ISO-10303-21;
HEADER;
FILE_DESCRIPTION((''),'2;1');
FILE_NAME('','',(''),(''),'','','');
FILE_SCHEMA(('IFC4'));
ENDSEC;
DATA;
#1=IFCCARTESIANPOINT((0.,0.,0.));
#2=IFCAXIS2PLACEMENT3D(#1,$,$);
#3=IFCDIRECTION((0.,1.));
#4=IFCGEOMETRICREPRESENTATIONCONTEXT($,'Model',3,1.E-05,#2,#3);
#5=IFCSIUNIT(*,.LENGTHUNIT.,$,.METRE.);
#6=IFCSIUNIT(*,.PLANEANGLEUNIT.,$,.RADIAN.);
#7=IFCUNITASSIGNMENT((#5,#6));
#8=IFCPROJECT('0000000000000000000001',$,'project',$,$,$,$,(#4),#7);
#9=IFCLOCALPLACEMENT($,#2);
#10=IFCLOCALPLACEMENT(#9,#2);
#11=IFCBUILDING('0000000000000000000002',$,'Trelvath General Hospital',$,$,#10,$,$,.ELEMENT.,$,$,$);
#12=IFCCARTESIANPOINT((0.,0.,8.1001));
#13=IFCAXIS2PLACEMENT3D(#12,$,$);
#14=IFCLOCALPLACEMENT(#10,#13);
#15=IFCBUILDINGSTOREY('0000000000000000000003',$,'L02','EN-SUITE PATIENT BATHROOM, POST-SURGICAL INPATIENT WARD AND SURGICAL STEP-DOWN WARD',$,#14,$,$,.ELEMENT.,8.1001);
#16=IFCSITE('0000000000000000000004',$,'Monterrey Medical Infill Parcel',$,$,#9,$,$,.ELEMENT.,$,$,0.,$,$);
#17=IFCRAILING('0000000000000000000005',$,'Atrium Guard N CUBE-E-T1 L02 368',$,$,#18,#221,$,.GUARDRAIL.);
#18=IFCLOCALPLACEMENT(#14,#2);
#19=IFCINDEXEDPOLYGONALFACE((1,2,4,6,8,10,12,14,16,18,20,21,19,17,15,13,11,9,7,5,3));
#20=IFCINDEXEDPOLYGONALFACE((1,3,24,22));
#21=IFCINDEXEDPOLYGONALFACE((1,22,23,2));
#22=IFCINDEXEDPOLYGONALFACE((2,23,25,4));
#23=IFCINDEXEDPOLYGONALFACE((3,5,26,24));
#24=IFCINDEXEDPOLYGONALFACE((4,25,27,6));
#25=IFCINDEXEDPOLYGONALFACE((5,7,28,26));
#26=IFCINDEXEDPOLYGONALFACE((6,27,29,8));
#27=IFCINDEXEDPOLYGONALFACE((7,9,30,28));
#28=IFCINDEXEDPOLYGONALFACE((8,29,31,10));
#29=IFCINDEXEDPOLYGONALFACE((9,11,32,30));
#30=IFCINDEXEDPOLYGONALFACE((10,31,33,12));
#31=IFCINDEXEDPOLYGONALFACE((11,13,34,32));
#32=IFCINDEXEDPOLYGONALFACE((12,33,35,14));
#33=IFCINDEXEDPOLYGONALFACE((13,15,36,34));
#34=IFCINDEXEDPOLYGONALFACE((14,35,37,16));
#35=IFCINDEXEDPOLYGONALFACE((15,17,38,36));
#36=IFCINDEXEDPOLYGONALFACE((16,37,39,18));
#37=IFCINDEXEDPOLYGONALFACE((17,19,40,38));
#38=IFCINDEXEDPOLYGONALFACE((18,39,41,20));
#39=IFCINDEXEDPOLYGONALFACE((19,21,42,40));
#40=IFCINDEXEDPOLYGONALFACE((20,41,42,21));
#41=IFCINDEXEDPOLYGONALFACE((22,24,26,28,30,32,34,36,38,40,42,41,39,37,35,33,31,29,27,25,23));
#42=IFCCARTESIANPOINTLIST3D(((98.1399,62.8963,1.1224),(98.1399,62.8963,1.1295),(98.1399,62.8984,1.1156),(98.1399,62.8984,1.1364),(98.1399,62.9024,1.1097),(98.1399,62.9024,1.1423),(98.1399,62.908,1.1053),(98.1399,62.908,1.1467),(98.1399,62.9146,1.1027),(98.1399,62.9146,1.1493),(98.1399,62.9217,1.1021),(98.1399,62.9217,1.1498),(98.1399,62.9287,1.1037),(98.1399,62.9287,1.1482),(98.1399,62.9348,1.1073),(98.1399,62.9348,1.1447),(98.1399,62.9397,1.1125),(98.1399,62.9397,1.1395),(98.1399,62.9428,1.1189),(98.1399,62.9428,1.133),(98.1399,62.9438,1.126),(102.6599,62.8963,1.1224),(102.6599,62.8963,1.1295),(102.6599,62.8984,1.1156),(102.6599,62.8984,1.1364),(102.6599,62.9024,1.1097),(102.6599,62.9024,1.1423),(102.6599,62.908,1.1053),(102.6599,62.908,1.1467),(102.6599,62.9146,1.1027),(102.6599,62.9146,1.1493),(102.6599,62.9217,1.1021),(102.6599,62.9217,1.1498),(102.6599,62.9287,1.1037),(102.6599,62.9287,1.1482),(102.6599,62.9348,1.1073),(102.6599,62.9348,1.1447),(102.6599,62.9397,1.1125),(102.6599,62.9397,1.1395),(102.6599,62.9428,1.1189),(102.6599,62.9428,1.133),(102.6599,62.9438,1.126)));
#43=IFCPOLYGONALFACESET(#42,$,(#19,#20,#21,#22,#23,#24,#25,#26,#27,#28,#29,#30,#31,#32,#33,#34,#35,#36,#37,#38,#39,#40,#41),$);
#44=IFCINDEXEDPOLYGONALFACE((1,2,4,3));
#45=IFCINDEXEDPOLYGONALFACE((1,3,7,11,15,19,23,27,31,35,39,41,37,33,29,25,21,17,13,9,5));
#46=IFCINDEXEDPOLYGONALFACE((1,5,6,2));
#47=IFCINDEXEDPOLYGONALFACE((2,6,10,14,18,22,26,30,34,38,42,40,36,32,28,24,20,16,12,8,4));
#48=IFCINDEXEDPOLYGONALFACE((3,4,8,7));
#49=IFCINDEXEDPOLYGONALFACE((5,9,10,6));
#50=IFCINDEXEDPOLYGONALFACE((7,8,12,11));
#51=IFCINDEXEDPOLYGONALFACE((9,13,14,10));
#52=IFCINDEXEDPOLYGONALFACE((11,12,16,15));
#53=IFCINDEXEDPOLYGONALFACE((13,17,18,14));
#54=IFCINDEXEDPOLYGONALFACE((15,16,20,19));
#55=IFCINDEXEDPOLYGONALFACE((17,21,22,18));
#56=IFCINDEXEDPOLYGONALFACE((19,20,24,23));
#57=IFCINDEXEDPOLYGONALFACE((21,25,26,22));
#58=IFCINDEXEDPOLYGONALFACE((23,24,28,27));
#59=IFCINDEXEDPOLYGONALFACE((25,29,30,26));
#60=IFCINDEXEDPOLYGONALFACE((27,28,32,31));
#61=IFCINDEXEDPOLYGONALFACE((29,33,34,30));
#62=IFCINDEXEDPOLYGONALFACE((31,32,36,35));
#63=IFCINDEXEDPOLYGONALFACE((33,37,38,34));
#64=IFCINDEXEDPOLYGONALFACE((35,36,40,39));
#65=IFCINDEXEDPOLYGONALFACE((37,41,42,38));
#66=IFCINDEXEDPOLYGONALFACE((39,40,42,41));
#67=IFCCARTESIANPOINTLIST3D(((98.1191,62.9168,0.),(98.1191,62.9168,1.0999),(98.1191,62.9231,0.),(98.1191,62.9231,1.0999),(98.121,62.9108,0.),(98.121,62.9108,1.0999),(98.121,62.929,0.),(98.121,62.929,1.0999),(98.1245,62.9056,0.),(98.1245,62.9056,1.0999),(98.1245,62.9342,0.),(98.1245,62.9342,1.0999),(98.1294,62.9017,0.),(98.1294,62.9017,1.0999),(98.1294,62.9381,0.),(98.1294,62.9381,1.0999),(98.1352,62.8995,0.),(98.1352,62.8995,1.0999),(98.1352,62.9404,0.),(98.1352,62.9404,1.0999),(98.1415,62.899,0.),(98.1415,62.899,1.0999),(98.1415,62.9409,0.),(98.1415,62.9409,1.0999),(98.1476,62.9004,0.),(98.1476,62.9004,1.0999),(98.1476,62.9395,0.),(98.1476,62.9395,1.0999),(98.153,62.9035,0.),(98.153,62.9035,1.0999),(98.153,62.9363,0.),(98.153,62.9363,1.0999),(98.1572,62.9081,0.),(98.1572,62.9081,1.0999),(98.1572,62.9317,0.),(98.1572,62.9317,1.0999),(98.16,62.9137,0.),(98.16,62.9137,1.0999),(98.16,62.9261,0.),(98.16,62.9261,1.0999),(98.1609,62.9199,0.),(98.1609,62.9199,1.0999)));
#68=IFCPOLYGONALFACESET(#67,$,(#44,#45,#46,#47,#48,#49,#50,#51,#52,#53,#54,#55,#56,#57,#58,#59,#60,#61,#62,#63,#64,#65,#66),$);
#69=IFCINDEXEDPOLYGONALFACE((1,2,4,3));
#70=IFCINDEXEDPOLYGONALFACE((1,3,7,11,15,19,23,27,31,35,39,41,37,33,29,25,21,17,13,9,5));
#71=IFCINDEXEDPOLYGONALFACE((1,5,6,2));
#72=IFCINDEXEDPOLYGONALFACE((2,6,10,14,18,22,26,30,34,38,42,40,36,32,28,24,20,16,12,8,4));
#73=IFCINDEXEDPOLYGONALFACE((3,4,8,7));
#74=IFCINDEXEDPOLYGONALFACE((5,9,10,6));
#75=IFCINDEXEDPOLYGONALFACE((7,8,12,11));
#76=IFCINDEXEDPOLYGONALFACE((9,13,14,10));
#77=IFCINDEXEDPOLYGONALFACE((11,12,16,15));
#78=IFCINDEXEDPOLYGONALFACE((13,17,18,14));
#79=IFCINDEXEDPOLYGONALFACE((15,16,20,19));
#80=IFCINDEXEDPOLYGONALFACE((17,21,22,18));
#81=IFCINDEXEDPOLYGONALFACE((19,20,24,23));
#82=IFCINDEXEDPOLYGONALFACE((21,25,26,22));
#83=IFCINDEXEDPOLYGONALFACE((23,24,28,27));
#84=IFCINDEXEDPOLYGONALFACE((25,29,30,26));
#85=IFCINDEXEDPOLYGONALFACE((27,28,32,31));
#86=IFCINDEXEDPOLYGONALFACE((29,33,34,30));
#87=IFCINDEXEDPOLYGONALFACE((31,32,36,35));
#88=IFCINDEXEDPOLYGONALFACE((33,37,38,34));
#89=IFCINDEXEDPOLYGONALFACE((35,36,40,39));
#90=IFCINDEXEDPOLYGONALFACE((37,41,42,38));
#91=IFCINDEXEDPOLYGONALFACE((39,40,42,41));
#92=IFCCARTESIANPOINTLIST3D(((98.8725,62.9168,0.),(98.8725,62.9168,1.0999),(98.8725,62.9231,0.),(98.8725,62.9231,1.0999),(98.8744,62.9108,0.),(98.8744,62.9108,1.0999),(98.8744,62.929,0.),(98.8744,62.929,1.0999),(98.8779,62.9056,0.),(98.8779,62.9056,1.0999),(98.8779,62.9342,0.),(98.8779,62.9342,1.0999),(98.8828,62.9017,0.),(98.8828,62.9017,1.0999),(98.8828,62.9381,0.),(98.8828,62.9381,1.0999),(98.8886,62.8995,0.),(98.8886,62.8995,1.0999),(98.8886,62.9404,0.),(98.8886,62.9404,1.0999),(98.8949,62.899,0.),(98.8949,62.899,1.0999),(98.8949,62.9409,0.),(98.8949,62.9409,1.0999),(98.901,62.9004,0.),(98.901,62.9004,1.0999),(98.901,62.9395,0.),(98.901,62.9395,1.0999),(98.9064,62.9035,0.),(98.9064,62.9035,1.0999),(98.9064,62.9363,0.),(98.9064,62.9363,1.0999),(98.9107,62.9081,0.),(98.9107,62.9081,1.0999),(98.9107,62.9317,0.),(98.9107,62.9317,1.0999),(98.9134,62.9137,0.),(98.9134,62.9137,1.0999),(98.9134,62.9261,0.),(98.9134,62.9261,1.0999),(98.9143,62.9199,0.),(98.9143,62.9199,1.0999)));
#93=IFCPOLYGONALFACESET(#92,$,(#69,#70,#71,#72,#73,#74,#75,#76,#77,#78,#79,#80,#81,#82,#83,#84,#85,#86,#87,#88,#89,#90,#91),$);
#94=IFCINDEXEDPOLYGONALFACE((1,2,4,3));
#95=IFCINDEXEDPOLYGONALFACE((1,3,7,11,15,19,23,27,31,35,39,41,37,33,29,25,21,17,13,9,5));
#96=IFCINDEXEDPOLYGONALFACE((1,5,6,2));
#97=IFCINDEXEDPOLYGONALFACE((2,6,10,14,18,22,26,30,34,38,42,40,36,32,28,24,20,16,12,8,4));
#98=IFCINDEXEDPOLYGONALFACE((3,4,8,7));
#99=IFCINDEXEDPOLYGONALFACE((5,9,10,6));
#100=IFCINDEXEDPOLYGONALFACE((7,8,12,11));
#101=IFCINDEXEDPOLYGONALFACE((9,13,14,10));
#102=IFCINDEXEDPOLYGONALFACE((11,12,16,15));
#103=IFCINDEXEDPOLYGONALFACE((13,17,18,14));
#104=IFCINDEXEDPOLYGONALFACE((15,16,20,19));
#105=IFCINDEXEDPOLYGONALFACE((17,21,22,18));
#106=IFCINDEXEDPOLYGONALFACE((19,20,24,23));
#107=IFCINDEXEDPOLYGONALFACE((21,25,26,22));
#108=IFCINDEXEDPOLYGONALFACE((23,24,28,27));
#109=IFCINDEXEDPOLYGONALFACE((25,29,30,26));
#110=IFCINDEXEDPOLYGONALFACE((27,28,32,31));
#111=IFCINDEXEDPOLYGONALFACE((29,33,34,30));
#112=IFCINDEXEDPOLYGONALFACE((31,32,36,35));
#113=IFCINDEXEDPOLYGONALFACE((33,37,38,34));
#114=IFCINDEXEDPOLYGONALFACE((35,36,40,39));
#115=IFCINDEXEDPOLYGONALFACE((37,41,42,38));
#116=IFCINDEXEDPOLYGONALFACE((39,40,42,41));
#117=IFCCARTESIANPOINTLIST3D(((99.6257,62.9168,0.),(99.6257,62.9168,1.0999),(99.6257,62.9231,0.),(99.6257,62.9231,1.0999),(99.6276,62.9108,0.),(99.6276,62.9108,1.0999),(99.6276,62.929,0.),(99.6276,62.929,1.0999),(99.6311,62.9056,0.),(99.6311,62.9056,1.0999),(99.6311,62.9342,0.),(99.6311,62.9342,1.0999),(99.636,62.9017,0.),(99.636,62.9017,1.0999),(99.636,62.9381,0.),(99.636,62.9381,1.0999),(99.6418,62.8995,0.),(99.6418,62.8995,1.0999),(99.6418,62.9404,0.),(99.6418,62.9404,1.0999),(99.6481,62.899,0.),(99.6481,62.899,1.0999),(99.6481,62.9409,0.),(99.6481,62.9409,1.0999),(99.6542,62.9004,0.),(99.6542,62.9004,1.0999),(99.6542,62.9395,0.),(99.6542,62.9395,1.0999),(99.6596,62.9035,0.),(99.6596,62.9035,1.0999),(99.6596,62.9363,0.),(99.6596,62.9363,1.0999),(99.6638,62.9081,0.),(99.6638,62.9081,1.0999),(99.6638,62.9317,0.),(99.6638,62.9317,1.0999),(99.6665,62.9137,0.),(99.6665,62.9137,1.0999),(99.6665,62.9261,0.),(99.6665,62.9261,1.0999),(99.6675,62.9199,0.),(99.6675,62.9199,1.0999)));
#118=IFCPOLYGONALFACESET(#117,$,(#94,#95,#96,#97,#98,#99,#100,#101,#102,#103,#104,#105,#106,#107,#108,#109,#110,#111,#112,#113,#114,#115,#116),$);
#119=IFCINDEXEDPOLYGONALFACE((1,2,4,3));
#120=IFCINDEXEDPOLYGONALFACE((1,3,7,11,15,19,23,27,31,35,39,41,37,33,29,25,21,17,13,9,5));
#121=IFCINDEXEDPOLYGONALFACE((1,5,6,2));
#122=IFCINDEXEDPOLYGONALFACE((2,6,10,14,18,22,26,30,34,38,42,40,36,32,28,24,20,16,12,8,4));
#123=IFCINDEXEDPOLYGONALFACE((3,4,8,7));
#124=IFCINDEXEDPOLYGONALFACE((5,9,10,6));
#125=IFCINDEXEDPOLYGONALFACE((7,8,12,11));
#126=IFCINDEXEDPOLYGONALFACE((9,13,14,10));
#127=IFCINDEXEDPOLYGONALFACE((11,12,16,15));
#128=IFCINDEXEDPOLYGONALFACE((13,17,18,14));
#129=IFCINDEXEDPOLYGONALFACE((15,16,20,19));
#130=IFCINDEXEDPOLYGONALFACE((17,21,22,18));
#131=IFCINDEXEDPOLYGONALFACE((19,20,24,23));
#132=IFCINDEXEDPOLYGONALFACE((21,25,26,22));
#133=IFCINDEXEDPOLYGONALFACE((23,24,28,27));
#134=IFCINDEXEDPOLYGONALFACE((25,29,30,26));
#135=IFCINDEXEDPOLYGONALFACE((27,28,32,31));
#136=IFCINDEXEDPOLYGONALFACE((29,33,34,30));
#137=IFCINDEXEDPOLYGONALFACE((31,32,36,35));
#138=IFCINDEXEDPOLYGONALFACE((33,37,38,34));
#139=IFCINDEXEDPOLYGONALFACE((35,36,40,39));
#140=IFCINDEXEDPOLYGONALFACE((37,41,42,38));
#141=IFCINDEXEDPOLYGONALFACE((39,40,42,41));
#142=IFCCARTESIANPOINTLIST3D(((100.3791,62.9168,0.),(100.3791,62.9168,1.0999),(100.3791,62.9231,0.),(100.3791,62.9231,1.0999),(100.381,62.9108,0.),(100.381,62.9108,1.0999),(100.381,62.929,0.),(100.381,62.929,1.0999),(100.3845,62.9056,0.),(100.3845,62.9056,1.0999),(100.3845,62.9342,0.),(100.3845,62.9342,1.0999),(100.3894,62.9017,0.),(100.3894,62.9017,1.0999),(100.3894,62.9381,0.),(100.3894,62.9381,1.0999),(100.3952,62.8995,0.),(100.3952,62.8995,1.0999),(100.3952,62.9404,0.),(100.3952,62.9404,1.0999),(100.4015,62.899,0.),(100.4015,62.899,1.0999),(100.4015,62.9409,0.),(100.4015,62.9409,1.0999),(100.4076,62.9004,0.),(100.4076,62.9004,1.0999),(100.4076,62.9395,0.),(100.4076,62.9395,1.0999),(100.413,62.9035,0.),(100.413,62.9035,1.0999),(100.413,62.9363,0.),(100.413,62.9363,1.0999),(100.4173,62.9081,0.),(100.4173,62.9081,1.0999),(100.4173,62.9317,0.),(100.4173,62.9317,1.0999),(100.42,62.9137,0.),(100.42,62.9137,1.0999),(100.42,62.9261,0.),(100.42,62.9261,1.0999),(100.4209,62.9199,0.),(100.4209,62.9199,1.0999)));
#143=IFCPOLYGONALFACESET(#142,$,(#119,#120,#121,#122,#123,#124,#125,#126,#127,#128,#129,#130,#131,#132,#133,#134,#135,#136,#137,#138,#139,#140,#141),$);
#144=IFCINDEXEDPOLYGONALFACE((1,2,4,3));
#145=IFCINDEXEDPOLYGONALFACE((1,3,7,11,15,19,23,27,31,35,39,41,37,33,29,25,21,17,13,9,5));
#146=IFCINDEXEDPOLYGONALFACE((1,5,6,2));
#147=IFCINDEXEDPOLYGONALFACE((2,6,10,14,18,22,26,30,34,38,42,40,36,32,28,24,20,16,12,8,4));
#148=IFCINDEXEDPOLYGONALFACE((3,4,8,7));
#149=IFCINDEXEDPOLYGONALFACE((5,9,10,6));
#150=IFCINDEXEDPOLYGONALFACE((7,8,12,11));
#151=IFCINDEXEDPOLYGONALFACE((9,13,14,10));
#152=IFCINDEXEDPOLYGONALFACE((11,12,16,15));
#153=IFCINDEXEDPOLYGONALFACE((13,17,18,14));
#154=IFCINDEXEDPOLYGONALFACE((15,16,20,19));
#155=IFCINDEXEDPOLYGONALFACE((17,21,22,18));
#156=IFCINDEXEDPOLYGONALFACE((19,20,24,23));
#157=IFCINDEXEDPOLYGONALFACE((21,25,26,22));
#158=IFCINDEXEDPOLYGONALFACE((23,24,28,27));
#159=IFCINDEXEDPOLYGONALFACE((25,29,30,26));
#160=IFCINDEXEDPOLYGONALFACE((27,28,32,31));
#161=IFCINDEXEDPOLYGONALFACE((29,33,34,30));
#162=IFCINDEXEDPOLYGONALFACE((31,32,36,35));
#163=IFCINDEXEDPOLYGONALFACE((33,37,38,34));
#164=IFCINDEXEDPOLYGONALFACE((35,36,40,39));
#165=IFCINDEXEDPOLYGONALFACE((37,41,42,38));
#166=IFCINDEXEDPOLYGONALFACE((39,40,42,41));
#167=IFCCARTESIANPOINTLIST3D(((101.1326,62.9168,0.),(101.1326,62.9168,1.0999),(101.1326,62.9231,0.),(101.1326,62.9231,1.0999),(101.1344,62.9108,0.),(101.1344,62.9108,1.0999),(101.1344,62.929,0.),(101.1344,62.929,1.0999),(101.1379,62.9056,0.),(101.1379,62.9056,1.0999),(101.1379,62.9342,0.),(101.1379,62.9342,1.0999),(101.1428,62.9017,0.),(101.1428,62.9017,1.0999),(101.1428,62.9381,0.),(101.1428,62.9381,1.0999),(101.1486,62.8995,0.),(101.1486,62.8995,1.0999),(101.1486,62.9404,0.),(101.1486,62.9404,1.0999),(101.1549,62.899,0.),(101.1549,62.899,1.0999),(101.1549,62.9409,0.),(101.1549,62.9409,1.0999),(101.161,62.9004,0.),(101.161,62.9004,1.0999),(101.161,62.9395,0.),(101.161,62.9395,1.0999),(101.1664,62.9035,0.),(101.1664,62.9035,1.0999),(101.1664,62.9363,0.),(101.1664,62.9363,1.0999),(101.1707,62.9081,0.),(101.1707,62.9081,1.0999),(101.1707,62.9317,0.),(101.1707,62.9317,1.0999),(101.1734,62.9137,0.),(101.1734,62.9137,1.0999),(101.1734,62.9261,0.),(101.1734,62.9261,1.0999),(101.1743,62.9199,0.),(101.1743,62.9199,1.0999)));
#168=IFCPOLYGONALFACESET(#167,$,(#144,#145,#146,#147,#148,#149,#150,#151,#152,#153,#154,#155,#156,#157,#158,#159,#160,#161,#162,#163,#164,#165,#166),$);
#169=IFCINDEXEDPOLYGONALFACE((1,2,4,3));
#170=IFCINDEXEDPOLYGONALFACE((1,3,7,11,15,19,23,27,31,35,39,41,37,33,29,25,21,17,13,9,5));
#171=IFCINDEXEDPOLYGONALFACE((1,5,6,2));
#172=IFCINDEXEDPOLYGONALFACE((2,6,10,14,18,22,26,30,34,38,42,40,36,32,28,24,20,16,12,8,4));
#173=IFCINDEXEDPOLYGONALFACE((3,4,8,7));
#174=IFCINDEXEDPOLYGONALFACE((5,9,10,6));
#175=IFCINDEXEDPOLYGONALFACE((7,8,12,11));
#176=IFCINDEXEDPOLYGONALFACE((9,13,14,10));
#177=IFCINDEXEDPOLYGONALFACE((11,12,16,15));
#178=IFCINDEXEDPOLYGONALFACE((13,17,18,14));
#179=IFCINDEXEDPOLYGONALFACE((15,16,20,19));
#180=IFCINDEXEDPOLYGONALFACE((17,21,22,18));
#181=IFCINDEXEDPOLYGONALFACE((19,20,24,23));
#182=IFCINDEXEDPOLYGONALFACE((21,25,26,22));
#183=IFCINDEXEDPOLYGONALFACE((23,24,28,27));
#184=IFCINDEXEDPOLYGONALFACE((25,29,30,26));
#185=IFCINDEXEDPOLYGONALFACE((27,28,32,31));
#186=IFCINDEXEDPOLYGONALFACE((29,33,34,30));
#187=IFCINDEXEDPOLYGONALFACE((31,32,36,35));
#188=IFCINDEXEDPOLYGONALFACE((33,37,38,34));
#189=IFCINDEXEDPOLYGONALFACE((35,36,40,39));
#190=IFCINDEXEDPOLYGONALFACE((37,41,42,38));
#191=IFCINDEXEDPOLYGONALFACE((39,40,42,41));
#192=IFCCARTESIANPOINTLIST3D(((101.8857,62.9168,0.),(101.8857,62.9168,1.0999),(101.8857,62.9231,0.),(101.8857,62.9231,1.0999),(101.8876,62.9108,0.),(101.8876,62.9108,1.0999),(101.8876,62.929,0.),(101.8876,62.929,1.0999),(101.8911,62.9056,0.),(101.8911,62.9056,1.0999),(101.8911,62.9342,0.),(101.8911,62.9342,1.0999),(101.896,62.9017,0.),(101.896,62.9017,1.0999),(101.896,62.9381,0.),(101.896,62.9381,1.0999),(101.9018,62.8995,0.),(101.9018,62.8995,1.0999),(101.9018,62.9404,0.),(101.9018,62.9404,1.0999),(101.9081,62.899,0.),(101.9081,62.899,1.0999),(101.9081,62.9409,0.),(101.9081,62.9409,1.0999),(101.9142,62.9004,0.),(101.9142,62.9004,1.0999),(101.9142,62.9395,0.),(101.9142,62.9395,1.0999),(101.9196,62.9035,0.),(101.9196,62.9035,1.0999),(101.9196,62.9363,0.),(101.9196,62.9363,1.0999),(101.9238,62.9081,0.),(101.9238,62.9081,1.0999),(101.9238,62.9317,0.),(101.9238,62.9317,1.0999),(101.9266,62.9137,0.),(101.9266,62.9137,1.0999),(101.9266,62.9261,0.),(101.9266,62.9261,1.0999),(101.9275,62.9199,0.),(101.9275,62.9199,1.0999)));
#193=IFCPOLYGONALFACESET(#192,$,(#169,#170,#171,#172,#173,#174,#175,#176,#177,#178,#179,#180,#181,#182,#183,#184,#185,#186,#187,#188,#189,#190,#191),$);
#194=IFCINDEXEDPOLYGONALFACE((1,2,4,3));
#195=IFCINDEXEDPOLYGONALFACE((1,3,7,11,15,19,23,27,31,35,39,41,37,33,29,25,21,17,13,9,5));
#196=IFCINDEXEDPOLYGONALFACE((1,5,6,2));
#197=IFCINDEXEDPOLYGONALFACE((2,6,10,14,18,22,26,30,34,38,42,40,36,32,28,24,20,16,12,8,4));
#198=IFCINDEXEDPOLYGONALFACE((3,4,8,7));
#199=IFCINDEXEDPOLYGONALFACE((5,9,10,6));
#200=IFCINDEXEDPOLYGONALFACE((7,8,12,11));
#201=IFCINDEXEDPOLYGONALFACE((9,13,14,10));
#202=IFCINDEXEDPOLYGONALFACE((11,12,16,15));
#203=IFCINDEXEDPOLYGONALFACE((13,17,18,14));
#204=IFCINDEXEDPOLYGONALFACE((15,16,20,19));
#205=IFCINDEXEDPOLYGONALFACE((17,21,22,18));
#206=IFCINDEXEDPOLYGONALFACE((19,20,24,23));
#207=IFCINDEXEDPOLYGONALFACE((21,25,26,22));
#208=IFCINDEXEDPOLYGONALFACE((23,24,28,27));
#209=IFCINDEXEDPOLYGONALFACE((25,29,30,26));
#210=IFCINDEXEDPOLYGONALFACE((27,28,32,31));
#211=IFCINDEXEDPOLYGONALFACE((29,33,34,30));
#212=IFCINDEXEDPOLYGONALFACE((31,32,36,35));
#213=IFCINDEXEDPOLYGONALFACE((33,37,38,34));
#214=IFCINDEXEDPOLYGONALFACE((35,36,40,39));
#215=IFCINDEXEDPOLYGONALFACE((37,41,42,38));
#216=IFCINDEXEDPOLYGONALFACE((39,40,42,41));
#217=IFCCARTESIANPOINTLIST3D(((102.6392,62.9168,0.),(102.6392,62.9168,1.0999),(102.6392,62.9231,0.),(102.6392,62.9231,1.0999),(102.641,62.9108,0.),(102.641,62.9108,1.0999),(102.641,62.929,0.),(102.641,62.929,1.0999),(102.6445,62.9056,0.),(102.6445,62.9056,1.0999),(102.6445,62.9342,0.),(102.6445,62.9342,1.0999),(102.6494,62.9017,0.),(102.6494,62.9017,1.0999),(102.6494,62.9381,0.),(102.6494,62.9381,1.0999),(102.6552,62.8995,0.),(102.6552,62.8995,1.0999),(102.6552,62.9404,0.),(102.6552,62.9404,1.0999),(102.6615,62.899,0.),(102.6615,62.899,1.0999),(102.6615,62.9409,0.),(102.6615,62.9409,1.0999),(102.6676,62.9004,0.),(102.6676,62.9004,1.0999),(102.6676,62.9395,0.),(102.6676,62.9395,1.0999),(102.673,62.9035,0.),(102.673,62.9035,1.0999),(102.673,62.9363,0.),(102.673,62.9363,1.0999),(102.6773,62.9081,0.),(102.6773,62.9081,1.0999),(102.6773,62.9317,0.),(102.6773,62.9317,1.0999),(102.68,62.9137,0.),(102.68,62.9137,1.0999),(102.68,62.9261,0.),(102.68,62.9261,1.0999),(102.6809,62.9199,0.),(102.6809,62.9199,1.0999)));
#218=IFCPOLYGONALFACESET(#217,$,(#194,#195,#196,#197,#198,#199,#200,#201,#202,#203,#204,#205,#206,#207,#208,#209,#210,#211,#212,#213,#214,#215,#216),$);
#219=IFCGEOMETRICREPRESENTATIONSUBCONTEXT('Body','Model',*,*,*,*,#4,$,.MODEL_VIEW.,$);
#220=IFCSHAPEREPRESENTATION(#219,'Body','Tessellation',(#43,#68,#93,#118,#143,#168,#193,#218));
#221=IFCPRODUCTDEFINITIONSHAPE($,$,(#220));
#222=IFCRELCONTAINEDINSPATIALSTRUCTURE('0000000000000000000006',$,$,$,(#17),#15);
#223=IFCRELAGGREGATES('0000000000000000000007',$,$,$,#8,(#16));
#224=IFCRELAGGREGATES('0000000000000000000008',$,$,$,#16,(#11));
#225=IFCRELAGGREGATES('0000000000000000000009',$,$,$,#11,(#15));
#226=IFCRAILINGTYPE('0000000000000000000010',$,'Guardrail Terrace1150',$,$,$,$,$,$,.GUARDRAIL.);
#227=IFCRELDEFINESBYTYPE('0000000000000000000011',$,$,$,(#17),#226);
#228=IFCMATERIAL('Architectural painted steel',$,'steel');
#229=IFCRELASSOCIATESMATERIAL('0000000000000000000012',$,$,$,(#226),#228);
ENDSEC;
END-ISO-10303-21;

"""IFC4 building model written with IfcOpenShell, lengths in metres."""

from ifc_helpers import new_model, si_unit, direction, frame, origin, origin_2d, place, context, subcontext, project, spatial, circle, extrude, material, type_object, element, save


model = new_model("IFC4")

# Units and contexts
model_context = context("Model", 3, precision=1e-05, world=origin(), true_north=direction((0.0, 1.0)))
body_context = subcontext(model_context, "Body", "Model", "MODEL_VIEW")
ifc_project = project(units=[si_unit("LENGTHUNIT", "METRE"), si_unit("PLANEANGLEUNIT", "RADIAN")], contexts=[model_context])

# Site, building, storey
site_placement = place(None, origin())
site = spatial("IfcSite", under=ifc_project, at=site_placement, Name="Monterrey Medical Infill Parcel", CompositionType="ELEMENT", RefElevation=0.0)
building_placement = place(site_placement, origin())
building = spatial("IfcBuilding", under=site, at=building_placement, Name="Trelvath General Hospital", CompositionType="ELEMENT")
storey_placement = place(building_placement, frame((0.0, 0.0, 8.1001)))
storey = spatial("IfcBuildingStorey", under=building, at=storey_placement, Name="L02", Description="EN-SUITE PATIENT BATHROOM, POST-SURGICAL INPATIENT WARD AND SURGICAL STEP-DOWN WARD", CompositionType="ELEMENT", Elevation=8.1001)

# Railing
ifc_material_1 = material(Name="Architectural painted steel", Category="steel")
railing_type = type_object("IfcRailingType", Name="Guardrail Terrace1150", PredefinedType="GUARDRAIL", material=ifc_material_1)
railing_1_placement = place(storey_placement, frame((98.1399, 62.9199, 0.0)))
element("IfcRailing", 1, at=railing_1_placement, inside=storey, type_object=railing_type, Name="Atrium Guard N CUBE-E-T1 L02 368", PredefinedType="GUARDRAIL", context=body_context, shape_type="SweptSolid", body=[
    extrude(circle(Radius=0.0239, at=origin_2d()), frame((0.0, 0.0, 1.126), z_axis=(1.0, 0.0, 0.0), x_axis=(0.0, 1.0, 0.0)), (0.0, 0.0, 1.0), 4.52),
    extrude(circle(Radius=0.021, at=origin_2d()), origin(), (0.0, 0.0, 1.0), 1.0999),
    extrude(circle(Radius=0.021, at=origin_2d()), frame((0.7534, 0.0, 0.0)), (0.0, 0.0, 1.0), 1.0999),
    extrude(circle(Radius=0.021, at=origin_2d()), frame((1.5066, 0.0, 0.0)), (0.0, 0.0, 1.0), 1.0999),
    extrude(circle(Radius=0.021, at=origin_2d()), frame((2.26, 0.0, 0.0)), (0.0, 0.0, 1.0), 1.0999),
    extrude(circle(Radius=0.021, at=origin_2d()), frame((3.0134, 0.0, 0.0)), (0.0, 0.0, 1.0), 1.0999),
    extrude(circle(Radius=0.021, at=origin_2d()), frame((3.7666, 0.0, 0.0)), (0.0, 0.0, 1.0), 1.0999),
    extrude(circle(Radius=0.021, at=origin_2d()), frame((4.52, 0.0, 0.0)), (0.0, 0.0, 1.0), 1.0999),
])

save(model, "model.ifc")
